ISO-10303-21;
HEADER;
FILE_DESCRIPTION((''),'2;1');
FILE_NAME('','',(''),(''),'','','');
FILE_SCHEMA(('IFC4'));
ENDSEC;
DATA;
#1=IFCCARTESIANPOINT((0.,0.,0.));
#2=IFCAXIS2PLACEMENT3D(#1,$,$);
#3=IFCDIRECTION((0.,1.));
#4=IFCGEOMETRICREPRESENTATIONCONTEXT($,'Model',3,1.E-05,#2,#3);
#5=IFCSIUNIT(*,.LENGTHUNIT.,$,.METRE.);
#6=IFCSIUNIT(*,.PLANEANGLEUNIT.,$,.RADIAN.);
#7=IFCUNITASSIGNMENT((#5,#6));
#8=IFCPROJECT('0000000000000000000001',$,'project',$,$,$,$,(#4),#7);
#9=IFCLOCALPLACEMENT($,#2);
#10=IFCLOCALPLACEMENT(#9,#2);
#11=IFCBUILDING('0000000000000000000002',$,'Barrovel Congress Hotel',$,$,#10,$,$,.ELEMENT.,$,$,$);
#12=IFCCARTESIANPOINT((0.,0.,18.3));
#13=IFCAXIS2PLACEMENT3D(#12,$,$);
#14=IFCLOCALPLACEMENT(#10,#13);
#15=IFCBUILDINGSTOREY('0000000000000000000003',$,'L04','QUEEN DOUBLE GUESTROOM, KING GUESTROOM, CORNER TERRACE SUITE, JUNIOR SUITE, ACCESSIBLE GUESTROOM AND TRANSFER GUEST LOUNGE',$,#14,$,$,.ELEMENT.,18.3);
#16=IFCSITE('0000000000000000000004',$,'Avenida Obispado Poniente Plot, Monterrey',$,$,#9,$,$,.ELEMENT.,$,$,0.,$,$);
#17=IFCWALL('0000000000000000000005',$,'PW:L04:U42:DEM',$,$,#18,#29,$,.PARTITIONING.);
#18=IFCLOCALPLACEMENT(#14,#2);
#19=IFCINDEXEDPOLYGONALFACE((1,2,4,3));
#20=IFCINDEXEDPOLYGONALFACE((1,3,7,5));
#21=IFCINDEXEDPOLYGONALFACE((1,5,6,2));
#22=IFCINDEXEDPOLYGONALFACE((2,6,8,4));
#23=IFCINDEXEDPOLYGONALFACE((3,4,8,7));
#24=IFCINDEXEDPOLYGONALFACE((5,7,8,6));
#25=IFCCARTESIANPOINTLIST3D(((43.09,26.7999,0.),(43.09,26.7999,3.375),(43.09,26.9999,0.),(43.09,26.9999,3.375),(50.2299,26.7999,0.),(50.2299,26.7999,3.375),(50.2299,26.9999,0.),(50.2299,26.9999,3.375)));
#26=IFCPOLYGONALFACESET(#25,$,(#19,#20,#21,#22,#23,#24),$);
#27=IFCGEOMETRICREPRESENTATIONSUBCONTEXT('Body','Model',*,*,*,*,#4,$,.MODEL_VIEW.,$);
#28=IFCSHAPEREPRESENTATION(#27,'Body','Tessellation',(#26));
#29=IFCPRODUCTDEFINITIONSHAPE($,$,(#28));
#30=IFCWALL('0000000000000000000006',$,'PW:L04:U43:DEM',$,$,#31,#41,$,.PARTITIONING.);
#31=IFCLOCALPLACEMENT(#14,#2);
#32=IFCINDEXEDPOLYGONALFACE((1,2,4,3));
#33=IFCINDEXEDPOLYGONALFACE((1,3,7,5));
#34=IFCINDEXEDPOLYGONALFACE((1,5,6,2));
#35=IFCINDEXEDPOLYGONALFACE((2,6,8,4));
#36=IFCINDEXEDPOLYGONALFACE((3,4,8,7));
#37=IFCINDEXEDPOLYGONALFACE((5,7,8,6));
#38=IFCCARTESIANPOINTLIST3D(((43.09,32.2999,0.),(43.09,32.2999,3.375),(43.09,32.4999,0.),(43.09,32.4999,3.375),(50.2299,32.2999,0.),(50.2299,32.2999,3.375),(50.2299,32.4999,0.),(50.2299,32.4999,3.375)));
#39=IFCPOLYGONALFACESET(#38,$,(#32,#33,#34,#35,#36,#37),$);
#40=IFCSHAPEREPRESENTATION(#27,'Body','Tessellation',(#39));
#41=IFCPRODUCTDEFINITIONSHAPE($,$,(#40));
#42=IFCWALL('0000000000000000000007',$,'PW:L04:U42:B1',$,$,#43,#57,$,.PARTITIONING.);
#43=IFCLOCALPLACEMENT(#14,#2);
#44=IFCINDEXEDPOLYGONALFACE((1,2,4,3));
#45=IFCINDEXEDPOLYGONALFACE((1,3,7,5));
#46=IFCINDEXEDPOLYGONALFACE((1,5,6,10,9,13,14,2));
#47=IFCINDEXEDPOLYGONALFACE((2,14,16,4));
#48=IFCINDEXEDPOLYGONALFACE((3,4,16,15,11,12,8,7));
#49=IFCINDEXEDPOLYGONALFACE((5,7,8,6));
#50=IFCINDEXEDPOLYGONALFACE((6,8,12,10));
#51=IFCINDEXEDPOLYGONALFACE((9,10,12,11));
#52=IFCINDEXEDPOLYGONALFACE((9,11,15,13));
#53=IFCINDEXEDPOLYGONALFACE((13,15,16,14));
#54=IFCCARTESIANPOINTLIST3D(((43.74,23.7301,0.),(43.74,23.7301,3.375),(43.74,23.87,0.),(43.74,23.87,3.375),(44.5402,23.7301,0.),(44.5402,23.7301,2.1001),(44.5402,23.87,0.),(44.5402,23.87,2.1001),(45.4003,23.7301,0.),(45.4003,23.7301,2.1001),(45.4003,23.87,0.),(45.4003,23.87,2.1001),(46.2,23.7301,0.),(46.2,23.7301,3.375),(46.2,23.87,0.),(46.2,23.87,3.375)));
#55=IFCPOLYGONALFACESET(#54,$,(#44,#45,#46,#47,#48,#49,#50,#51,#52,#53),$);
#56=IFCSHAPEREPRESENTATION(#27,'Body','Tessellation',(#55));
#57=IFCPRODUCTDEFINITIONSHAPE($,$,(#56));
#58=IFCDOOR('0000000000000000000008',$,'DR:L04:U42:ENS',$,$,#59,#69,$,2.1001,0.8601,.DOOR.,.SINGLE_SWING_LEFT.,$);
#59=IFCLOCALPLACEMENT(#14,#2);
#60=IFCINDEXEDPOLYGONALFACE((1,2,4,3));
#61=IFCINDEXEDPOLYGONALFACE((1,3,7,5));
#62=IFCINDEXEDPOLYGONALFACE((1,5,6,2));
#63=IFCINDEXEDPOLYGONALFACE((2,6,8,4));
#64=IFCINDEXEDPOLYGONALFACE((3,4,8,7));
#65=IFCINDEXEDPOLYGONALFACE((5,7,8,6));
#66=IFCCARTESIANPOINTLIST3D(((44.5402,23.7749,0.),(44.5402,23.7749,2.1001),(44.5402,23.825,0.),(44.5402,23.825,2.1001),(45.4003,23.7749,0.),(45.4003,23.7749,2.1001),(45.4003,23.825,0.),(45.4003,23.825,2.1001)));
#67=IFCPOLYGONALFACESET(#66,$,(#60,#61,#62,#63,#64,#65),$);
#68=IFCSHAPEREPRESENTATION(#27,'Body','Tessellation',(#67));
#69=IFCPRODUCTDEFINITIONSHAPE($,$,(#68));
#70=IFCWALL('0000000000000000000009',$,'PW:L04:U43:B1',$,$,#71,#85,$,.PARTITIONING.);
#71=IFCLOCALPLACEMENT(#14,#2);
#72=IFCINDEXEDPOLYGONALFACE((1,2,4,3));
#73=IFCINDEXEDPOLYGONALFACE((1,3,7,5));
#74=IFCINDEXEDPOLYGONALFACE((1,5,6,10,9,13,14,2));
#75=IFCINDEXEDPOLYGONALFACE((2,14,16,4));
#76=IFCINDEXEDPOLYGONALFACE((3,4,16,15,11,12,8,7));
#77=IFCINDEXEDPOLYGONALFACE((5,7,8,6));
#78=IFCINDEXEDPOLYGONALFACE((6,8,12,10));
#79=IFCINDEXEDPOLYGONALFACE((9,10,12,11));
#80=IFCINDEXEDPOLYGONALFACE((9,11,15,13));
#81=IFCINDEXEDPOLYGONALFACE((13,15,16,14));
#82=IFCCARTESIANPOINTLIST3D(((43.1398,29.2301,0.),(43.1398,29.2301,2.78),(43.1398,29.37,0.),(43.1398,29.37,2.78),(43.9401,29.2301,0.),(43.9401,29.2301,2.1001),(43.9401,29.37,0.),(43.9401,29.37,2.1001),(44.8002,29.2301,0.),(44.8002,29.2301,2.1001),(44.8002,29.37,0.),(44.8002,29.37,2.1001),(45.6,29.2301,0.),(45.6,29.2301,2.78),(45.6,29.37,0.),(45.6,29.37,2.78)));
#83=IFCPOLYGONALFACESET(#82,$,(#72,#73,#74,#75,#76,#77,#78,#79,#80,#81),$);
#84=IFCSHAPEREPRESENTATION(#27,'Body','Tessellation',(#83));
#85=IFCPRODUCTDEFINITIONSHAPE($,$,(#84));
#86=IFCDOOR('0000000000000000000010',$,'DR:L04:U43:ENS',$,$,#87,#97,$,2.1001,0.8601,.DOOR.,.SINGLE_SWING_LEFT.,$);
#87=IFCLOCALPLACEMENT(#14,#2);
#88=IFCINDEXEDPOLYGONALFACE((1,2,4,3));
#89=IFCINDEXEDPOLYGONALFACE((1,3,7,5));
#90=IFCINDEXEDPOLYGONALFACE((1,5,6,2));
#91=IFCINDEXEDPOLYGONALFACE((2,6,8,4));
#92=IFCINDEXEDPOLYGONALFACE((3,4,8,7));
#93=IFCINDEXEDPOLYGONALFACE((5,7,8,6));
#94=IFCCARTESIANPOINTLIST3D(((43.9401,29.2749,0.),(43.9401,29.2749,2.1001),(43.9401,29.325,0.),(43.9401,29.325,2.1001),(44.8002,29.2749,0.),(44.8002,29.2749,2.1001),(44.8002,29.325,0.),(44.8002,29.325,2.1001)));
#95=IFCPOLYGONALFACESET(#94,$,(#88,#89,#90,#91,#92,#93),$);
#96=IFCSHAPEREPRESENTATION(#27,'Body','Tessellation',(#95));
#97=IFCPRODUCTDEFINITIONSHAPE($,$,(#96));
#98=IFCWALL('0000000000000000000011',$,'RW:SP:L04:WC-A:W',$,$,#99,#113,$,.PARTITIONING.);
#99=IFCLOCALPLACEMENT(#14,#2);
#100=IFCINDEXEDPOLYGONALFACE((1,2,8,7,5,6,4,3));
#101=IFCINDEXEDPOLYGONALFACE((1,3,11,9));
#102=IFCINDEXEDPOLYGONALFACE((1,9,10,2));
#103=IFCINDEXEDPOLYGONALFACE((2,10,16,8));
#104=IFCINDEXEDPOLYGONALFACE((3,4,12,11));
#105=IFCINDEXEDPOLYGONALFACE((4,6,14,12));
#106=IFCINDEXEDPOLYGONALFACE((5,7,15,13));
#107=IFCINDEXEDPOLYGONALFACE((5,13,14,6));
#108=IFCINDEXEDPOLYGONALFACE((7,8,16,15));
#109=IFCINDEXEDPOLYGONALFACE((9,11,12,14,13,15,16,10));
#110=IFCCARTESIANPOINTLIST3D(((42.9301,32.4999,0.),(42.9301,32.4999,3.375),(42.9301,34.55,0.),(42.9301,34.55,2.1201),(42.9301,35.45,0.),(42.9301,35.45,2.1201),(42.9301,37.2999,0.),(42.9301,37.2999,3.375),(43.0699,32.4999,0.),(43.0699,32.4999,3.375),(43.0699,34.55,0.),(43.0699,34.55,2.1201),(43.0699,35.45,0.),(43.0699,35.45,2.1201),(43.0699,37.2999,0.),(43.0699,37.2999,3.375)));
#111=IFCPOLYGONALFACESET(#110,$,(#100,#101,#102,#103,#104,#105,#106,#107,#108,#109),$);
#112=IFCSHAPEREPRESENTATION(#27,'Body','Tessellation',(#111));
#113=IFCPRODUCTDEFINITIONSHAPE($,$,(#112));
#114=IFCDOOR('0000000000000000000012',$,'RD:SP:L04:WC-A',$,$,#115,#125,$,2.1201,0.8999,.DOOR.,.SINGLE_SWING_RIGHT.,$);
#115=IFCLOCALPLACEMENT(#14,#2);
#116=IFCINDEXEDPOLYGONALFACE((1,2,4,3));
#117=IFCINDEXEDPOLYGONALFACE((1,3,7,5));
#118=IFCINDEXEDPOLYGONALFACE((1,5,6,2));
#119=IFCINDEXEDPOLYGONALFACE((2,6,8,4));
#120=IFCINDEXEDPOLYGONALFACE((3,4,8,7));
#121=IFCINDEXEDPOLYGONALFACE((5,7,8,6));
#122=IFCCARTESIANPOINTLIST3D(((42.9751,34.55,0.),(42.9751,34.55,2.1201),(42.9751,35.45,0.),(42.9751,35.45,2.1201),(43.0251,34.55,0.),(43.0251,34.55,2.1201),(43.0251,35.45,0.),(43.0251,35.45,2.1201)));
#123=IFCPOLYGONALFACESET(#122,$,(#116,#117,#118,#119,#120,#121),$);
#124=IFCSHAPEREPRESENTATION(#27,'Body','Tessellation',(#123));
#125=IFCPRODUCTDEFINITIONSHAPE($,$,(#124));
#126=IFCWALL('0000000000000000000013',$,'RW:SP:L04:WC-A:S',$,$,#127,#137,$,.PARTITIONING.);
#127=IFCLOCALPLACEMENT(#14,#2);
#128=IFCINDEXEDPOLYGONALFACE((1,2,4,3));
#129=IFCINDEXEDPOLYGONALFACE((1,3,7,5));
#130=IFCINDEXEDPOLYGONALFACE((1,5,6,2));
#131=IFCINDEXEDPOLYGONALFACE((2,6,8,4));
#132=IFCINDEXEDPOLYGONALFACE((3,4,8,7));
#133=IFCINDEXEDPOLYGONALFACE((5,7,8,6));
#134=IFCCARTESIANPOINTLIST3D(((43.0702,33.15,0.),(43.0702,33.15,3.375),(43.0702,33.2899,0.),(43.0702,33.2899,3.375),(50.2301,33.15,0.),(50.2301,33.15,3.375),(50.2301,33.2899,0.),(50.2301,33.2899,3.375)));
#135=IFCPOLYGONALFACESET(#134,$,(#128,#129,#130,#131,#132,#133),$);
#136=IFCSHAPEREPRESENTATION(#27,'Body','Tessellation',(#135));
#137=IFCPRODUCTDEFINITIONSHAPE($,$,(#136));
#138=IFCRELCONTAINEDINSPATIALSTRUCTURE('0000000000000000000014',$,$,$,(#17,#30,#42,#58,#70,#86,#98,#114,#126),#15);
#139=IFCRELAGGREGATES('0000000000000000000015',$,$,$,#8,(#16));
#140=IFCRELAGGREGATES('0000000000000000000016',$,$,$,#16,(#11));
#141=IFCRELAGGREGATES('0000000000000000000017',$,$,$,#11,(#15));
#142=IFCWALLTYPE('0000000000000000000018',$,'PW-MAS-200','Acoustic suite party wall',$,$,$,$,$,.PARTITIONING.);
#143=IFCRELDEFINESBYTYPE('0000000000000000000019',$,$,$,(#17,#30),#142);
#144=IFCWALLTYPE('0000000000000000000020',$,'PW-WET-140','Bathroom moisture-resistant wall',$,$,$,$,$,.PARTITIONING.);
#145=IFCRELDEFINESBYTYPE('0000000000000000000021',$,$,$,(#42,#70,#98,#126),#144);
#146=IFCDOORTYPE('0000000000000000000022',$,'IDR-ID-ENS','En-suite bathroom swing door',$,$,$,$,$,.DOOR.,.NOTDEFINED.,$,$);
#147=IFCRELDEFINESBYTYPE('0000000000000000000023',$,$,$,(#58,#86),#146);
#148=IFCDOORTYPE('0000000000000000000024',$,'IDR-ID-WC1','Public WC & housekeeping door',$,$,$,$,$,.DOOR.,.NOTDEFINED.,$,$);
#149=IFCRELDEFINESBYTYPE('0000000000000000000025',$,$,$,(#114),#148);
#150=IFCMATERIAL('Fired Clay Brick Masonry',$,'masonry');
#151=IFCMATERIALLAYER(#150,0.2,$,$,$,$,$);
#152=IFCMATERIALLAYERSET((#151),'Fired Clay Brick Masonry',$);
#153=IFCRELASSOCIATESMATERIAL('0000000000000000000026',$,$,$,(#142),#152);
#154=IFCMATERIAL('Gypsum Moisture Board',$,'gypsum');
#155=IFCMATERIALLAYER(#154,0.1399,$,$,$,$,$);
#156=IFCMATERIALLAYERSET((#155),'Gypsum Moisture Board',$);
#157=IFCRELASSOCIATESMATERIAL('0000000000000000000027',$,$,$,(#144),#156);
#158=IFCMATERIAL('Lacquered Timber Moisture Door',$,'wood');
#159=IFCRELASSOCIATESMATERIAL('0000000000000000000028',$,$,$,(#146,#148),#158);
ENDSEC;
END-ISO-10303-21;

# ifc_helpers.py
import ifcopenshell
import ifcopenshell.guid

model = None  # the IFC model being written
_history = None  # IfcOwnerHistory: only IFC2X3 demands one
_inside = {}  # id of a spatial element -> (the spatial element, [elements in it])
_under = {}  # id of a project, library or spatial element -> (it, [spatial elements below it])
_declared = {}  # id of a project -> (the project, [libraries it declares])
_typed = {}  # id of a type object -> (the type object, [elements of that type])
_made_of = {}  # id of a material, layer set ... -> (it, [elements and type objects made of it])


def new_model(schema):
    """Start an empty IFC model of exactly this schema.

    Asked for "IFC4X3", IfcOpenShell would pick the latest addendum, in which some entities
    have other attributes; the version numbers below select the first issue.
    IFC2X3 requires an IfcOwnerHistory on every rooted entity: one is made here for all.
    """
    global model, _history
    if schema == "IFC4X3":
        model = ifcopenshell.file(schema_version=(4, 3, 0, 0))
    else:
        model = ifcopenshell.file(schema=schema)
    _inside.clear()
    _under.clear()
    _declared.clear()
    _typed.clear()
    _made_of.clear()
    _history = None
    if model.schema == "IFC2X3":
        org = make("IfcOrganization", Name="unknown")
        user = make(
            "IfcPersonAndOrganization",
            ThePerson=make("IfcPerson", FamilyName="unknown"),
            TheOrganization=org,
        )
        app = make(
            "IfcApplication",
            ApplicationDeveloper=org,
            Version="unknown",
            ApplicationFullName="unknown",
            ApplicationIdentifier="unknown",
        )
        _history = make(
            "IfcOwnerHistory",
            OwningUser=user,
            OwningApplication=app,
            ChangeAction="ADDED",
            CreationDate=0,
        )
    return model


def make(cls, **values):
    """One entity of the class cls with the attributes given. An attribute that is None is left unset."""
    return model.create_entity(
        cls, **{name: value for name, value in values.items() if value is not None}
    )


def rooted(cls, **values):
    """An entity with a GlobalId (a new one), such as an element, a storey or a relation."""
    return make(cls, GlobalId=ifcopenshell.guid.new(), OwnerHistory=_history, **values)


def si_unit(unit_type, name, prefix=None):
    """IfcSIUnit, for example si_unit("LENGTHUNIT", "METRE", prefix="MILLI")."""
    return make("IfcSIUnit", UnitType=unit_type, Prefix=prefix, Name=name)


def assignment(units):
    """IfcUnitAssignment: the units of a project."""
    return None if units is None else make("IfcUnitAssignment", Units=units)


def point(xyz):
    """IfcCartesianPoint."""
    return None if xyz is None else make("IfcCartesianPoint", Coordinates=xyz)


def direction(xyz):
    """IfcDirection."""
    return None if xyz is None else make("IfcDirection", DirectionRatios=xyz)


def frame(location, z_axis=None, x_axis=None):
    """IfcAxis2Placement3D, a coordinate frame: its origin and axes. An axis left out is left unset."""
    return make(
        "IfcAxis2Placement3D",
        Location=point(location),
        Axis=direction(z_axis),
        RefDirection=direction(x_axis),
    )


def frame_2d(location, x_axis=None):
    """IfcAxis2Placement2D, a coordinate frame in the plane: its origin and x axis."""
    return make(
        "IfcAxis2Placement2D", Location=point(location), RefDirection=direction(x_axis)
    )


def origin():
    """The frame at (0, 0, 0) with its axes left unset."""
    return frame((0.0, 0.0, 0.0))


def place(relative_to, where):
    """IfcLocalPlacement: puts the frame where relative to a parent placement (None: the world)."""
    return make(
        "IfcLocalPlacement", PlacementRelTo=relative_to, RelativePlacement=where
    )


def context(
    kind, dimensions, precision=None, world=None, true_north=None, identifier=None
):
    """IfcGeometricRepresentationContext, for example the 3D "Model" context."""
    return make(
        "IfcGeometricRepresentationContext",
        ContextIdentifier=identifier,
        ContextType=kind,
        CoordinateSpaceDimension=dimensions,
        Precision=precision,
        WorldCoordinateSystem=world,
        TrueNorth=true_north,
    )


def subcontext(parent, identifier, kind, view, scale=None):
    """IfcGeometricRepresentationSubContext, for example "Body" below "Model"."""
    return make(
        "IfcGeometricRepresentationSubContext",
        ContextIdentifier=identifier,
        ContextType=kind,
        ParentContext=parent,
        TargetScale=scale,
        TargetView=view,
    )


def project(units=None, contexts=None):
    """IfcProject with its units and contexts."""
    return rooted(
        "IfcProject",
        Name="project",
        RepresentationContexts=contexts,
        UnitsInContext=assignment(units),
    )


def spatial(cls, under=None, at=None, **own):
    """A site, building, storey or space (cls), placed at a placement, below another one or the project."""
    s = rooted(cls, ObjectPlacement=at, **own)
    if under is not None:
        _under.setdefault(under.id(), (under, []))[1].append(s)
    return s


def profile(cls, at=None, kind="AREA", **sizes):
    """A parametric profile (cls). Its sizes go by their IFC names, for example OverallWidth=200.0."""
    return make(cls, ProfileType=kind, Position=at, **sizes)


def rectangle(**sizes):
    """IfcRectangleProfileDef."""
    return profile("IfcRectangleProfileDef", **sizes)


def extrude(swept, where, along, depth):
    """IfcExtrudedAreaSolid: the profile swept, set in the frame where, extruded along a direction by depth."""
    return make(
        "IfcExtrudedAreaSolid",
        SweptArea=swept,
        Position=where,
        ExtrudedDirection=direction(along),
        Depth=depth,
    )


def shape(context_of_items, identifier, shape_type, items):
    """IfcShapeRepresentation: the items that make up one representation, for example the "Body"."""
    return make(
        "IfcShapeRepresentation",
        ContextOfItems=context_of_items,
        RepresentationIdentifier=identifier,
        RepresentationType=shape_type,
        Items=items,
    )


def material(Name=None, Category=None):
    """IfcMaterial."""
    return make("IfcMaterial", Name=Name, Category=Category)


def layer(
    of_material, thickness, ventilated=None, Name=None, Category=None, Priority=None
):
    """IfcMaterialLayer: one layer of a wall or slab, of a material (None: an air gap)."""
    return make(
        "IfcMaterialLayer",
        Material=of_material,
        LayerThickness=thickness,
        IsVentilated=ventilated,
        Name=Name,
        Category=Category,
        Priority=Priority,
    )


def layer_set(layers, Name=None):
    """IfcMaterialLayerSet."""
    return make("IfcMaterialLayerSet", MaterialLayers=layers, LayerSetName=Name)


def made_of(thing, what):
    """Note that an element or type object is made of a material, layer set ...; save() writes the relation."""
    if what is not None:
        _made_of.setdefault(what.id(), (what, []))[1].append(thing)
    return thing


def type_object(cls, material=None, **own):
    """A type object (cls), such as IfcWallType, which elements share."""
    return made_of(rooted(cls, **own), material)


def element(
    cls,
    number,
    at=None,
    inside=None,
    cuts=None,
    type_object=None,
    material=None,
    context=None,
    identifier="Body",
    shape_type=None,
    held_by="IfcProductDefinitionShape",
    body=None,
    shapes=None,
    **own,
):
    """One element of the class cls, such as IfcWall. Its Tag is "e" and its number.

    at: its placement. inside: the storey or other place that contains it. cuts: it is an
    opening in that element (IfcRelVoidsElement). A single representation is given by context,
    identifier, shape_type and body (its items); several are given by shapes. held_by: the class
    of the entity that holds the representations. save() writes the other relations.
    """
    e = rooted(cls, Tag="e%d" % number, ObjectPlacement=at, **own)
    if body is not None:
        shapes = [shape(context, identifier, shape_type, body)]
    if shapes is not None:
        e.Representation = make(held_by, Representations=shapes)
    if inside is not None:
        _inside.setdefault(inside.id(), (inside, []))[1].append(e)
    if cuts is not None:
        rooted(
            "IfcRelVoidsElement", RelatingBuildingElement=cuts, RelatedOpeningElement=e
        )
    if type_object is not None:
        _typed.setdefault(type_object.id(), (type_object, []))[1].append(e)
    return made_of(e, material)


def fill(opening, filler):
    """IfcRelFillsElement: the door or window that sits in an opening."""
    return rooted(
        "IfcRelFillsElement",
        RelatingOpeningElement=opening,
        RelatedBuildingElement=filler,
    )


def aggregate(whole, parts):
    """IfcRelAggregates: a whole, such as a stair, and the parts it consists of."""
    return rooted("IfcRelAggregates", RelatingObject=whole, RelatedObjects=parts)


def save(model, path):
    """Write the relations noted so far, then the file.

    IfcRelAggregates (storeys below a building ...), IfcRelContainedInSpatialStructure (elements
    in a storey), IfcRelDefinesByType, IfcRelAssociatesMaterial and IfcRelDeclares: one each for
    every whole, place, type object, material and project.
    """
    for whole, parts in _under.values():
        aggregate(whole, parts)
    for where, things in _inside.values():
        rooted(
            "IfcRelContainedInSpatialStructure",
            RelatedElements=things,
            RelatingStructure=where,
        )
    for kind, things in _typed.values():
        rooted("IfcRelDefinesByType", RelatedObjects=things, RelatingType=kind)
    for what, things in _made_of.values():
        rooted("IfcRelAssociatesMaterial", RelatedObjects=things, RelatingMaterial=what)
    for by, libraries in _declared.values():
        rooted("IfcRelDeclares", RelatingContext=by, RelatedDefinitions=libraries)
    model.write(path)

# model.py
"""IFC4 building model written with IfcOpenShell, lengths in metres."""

from ifc_helpers import new_model, si_unit, direction, frame, frame_2d, origin, place, context, subcontext, project, spatial, rectangle, extrude, material, layer, layer_set, type_object, element, fill, save


model = new_model("IFC4")

# Units and contexts
model_context = context("Model", 3, precision=1e-05, world=origin(), true_north=direction((0.0, 1.0)))
body_context = subcontext(model_context, "Body", "Model", "MODEL_VIEW")
ifc_project = project(units=[si_unit("LENGTHUNIT", "METRE"), si_unit("PLANEANGLEUNIT", "RADIAN")], contexts=[model_context])

# Site, building, storey
site_placement = place(None, origin())
site = spatial("IfcSite", under=ifc_project, at=site_placement, Name="Avenida Obispado Poniente Plot, Monterrey", CompositionType="ELEMENT", RefElevation=0.0)
building_placement = place(site_placement, origin())
building = spatial("IfcBuilding", under=site, at=building_placement, Name="Barrovel Congress Hotel", CompositionType="ELEMENT")
storey_placement = place(building_placement, frame((0.0, 0.0, 18.3)))
storey = spatial("IfcBuildingStorey", under=building, at=storey_placement, Name="L04", Description="QUEEN DOUBLE GUESTROOM, KING GUESTROOM, CORNER TERRACE SUITE, JUNIOR SUITE, ACCESSIBLE GUESTROOM AND TRANSFER GUEST LOUNGE", CompositionType="ELEMENT", Elevation=18.3)

# Shared definitions
ifc_material_1 = material(Name="Fired Clay Brick Masonry", Category="masonry")

# Walls
ifc_layer_1 = layer(ifc_material_1, 0.2)
ifc_layer_set_1 = layer_set([ifc_layer_1], Name="Fired Clay Brick Masonry")
wall_type_1 = type_object("IfcWallType", Name="PW-MAS-200", Description="Acoustic suite party wall", PredefinedType="PARTITIONING", material=ifc_layer_set_1)
for number, where, z_axis, x_axis, name in (
    (1, (43.0901, 26.8999, 0.0), (0.0, 0.0, 1.0), (1.0, 0.0, 0.0), "PW:L04:U42:DEM"),
    (2, (43.0901, 32.3999, 0.0), (0.0, 0.0, 1.0), (1.0, 0.0, 0.0), "PW:L04:U43:DEM"),
):
    element("IfcWall", number, at=place(storey_placement, frame(where, z_axis=z_axis, x_axis=x_axis)), inside=storey, type_object=wall_type_1, Name=name, PredefinedType="PARTITIONING", context=body_context, shape_type="SweptSolid", body=[
        extrude(rectangle(XDim=7.1399, YDim=0.2, at=frame_2d((3.5698, 0.0))), origin(), (0.0, 0.0, 1.0), 3.375),
    ])

# Walls, openings, doors
ifc_material_2 = material(Name="Gypsum Moisture Board", Category="gypsum")
ifc_layer_2 = layer(ifc_material_2, 0.1399)
ifc_layer_set_2 = layer_set([ifc_layer_2], Name="Gypsum Moisture Board")
wall_type_2 = type_object("IfcWallType", Name="PW-WET-140", Description="Bathroom moisture-resistant wall", PredefinedType="PARTITIONING", material=ifc_layer_set_2)
wall_1_placement = place(storey_placement, frame((43.74, 23.8, 0.0), z_axis=(0.0, 0.0, 1.0), x_axis=(1.0, 0.0, 0.0)))
wall_1 = element("IfcWall", 3, at=wall_1_placement, inside=storey, type_object=wall_type_2, Name="PW:L04:U42:B1", PredefinedType="PARTITIONING", context=body_context, shape_type="SweptSolid", body=[
    extrude(rectangle(XDim=2.46, YDim=0.1399, at=frame_2d((1.23, 0.0))), origin(), (0.0, 0.0, 1.0), 3.375),
])
opening_1_placement = place(wall_1_placement, frame((0.8, 0.0, 0.0)))
opening_1 = element("IfcOpeningElement", 4, at=opening_1_placement, cuts=wall_1, PredefinedType="OPENING", context=body_context, shape_type="SweptSolid", body=[
    extrude(rectangle(XDim=0.8601, YDim=2.1001, at=frame_2d((0.4302, 1.05))), frame((0.0, 0.0801, 0.0), z_axis=(0.0, -1.0, 0.0), x_axis=(1.0, 0.0, 0.0)), (0.0, 0.0, 1.0), 0.1599),
])
ifc_material_3 = material(Name="Lacquered Timber Moisture Door", Category="wood")
door_type_1 = type_object("IfcDoorType", Name="IDR-ID-ENS", Description="En-suite bathroom swing door", OperationType="NOTDEFINED", PredefinedType="DOOR", material=ifc_material_3)
door_1_placement = place(opening_1_placement, origin())
door_1 = element("IfcDoor", 5, at=door_1_placement, inside=storey, type_object=door_type_1, Name="DR:L04:U42:ENS", OperationType="SINGLE_SWING_LEFT", OverallHeight=2.1001, OverallWidth=0.8601, PredefinedType="DOOR", context=body_context, shape_type="SweptSolid", body=[
    extrude(rectangle(XDim=0.8601, YDim=2.1001, at=frame_2d((0.4302, 1.05))), frame((0.0, 0.0249, 0.0), z_axis=(0.0, -1.0, 0.0), x_axis=(1.0, 0.0, 0.0)), (0.0, 0.0, 1.0), 0.05),
])
fill(opening_1, door_1)
wall_2_placement = place(storey_placement, frame((43.1399, 29.3, 0.0), z_axis=(0.0, 0.0, 1.0), x_axis=(1.0, 0.0, 0.0)))
wall_2 = element("IfcWall", 6, at=wall_2_placement, inside=storey, type_object=wall_type_2, Name="PW:L04:U43:B1", PredefinedType="PARTITIONING", context=body_context, shape_type="SweptSolid", body=[
    extrude(rectangle(XDim=2.4602, YDim=0.1399, at=frame_2d((1.23, 0.0))), origin(), (0.0, 0.0, 1.0), 2.78),
])
opening_2_placement = place(wall_2_placement, frame((0.8, 0.0, 0.0)))
opening_2 = element("IfcOpeningElement", 7, at=opening_2_placement, cuts=wall_2, PredefinedType="OPENING", context=body_context, shape_type="SweptSolid", body=[
    extrude(rectangle(XDim=0.8601, YDim=2.1001, at=frame_2d((0.4302, 1.05))), frame((0.0, 0.0801, 0.0), z_axis=(0.0, -1.0, 0.0), x_axis=(1.0, 0.0, 0.0)), (0.0, 0.0, 1.0), 0.1599),
])
door_2_placement = place(opening_2_placement, origin())
door_2 = element("IfcDoor", 8, at=door_2_placement, inside=storey, type_object=door_type_1, Name="DR:L04:U43:ENS", OperationType="SINGLE_SWING_LEFT", OverallHeight=2.1001, OverallWidth=0.8601, PredefinedType="DOOR", context=body_context, shape_type="SweptSolid", body=[
    extrude(rectangle(XDim=0.8601, YDim=2.1001, at=frame_2d((0.4302, 1.05))), frame((0.0, 0.0249, 0.0), z_axis=(0.0, -1.0, 0.0), x_axis=(1.0, 0.0, 0.0)), (0.0, 0.0, 1.0), 0.05),
])
fill(opening_2, door_2)
wall_3_placement = place(storey_placement, frame((43.0, 32.5, 0.0), z_axis=(0.0, 0.0, 1.0), x_axis=(0.0, 1.0, 0.0)))
wall_3 = element("IfcWall", 9, at=wall_3_placement, inside=storey, type_object=wall_type_2, Name="RW:SP:L04:WC-A:W", PredefinedType="PARTITIONING", context=body_context, shape_type="SweptSolid", body=[
    extrude(rectangle(XDim=4.8, YDim=0.1399, at=frame_2d((2.3999, 0.0))), origin(), (0.0, 0.0, 1.0), 3.375),
])
opening_3_placement = place(wall_3_placement, frame((2.05, 0.0, 0.0)))
opening_3 = element("IfcOpeningElement", 10, at=opening_3_placement, cuts=wall_3, PredefinedType="OPENING", context=body_context, shape_type="SweptSolid", body=[
    extrude(rectangle(XDim=0.8999, YDim=2.1201, at=frame_2d((0.45, 1.0601))), frame((0.0, 0.0801, 0.0), z_axis=(0.0, -1.0, 0.0), x_axis=(1.0, 0.0, 0.0)), (0.0, 0.0, 1.0), 0.1599),
])
door_type_2 = type_object("IfcDoorType", Name="IDR-ID-WC1", Description="Public WC & housekeeping door", OperationType="NOTDEFINED", PredefinedType="DOOR", material=ifc_material_3)
door_3_placement = place(opening_3_placement, origin())
door_3 = element("IfcDoor", 11, at=door_3_placement, inside=storey, type_object=door_type_2, Name="RD:SP:L04:WC-A", OperationType="SINGLE_SWING_RIGHT", OverallHeight=2.1201, OverallWidth=0.8999, PredefinedType="DOOR", context=body_context, shape_type="SweptSolid", body=[
    extrude(rectangle(XDim=0.8999, YDim=2.1201, at=frame_2d((0.45, 1.0601))), frame((0.0, 0.0249, 0.0), z_axis=(0.0, -1.0, 0.0), x_axis=(1.0, 0.0, 0.0)), (0.0, 0.0, 1.0), 0.05),
])
fill(opening_3, door_3)

# Wall
wall_4_placement = place(storey_placement, frame((43.0701, 33.22, 0.0), z_axis=(0.0, 0.0, 1.0), x_axis=(1.0, 0.0, 0.0)))
element("IfcWall", 12, at=wall_4_placement, inside=storey, type_object=wall_type_2, Name="RW:SP:L04:WC-A:S", PredefinedType="PARTITIONING", context=body_context, shape_type="SweptSolid", body=[
    extrude(rectangle(XDim=7.1599, YDim=0.1399, at=frame_2d((3.5801, 0.0))), origin(), (0.0, 0.0, 1.0), 3.375),
])

save(model, "model.ifc")
